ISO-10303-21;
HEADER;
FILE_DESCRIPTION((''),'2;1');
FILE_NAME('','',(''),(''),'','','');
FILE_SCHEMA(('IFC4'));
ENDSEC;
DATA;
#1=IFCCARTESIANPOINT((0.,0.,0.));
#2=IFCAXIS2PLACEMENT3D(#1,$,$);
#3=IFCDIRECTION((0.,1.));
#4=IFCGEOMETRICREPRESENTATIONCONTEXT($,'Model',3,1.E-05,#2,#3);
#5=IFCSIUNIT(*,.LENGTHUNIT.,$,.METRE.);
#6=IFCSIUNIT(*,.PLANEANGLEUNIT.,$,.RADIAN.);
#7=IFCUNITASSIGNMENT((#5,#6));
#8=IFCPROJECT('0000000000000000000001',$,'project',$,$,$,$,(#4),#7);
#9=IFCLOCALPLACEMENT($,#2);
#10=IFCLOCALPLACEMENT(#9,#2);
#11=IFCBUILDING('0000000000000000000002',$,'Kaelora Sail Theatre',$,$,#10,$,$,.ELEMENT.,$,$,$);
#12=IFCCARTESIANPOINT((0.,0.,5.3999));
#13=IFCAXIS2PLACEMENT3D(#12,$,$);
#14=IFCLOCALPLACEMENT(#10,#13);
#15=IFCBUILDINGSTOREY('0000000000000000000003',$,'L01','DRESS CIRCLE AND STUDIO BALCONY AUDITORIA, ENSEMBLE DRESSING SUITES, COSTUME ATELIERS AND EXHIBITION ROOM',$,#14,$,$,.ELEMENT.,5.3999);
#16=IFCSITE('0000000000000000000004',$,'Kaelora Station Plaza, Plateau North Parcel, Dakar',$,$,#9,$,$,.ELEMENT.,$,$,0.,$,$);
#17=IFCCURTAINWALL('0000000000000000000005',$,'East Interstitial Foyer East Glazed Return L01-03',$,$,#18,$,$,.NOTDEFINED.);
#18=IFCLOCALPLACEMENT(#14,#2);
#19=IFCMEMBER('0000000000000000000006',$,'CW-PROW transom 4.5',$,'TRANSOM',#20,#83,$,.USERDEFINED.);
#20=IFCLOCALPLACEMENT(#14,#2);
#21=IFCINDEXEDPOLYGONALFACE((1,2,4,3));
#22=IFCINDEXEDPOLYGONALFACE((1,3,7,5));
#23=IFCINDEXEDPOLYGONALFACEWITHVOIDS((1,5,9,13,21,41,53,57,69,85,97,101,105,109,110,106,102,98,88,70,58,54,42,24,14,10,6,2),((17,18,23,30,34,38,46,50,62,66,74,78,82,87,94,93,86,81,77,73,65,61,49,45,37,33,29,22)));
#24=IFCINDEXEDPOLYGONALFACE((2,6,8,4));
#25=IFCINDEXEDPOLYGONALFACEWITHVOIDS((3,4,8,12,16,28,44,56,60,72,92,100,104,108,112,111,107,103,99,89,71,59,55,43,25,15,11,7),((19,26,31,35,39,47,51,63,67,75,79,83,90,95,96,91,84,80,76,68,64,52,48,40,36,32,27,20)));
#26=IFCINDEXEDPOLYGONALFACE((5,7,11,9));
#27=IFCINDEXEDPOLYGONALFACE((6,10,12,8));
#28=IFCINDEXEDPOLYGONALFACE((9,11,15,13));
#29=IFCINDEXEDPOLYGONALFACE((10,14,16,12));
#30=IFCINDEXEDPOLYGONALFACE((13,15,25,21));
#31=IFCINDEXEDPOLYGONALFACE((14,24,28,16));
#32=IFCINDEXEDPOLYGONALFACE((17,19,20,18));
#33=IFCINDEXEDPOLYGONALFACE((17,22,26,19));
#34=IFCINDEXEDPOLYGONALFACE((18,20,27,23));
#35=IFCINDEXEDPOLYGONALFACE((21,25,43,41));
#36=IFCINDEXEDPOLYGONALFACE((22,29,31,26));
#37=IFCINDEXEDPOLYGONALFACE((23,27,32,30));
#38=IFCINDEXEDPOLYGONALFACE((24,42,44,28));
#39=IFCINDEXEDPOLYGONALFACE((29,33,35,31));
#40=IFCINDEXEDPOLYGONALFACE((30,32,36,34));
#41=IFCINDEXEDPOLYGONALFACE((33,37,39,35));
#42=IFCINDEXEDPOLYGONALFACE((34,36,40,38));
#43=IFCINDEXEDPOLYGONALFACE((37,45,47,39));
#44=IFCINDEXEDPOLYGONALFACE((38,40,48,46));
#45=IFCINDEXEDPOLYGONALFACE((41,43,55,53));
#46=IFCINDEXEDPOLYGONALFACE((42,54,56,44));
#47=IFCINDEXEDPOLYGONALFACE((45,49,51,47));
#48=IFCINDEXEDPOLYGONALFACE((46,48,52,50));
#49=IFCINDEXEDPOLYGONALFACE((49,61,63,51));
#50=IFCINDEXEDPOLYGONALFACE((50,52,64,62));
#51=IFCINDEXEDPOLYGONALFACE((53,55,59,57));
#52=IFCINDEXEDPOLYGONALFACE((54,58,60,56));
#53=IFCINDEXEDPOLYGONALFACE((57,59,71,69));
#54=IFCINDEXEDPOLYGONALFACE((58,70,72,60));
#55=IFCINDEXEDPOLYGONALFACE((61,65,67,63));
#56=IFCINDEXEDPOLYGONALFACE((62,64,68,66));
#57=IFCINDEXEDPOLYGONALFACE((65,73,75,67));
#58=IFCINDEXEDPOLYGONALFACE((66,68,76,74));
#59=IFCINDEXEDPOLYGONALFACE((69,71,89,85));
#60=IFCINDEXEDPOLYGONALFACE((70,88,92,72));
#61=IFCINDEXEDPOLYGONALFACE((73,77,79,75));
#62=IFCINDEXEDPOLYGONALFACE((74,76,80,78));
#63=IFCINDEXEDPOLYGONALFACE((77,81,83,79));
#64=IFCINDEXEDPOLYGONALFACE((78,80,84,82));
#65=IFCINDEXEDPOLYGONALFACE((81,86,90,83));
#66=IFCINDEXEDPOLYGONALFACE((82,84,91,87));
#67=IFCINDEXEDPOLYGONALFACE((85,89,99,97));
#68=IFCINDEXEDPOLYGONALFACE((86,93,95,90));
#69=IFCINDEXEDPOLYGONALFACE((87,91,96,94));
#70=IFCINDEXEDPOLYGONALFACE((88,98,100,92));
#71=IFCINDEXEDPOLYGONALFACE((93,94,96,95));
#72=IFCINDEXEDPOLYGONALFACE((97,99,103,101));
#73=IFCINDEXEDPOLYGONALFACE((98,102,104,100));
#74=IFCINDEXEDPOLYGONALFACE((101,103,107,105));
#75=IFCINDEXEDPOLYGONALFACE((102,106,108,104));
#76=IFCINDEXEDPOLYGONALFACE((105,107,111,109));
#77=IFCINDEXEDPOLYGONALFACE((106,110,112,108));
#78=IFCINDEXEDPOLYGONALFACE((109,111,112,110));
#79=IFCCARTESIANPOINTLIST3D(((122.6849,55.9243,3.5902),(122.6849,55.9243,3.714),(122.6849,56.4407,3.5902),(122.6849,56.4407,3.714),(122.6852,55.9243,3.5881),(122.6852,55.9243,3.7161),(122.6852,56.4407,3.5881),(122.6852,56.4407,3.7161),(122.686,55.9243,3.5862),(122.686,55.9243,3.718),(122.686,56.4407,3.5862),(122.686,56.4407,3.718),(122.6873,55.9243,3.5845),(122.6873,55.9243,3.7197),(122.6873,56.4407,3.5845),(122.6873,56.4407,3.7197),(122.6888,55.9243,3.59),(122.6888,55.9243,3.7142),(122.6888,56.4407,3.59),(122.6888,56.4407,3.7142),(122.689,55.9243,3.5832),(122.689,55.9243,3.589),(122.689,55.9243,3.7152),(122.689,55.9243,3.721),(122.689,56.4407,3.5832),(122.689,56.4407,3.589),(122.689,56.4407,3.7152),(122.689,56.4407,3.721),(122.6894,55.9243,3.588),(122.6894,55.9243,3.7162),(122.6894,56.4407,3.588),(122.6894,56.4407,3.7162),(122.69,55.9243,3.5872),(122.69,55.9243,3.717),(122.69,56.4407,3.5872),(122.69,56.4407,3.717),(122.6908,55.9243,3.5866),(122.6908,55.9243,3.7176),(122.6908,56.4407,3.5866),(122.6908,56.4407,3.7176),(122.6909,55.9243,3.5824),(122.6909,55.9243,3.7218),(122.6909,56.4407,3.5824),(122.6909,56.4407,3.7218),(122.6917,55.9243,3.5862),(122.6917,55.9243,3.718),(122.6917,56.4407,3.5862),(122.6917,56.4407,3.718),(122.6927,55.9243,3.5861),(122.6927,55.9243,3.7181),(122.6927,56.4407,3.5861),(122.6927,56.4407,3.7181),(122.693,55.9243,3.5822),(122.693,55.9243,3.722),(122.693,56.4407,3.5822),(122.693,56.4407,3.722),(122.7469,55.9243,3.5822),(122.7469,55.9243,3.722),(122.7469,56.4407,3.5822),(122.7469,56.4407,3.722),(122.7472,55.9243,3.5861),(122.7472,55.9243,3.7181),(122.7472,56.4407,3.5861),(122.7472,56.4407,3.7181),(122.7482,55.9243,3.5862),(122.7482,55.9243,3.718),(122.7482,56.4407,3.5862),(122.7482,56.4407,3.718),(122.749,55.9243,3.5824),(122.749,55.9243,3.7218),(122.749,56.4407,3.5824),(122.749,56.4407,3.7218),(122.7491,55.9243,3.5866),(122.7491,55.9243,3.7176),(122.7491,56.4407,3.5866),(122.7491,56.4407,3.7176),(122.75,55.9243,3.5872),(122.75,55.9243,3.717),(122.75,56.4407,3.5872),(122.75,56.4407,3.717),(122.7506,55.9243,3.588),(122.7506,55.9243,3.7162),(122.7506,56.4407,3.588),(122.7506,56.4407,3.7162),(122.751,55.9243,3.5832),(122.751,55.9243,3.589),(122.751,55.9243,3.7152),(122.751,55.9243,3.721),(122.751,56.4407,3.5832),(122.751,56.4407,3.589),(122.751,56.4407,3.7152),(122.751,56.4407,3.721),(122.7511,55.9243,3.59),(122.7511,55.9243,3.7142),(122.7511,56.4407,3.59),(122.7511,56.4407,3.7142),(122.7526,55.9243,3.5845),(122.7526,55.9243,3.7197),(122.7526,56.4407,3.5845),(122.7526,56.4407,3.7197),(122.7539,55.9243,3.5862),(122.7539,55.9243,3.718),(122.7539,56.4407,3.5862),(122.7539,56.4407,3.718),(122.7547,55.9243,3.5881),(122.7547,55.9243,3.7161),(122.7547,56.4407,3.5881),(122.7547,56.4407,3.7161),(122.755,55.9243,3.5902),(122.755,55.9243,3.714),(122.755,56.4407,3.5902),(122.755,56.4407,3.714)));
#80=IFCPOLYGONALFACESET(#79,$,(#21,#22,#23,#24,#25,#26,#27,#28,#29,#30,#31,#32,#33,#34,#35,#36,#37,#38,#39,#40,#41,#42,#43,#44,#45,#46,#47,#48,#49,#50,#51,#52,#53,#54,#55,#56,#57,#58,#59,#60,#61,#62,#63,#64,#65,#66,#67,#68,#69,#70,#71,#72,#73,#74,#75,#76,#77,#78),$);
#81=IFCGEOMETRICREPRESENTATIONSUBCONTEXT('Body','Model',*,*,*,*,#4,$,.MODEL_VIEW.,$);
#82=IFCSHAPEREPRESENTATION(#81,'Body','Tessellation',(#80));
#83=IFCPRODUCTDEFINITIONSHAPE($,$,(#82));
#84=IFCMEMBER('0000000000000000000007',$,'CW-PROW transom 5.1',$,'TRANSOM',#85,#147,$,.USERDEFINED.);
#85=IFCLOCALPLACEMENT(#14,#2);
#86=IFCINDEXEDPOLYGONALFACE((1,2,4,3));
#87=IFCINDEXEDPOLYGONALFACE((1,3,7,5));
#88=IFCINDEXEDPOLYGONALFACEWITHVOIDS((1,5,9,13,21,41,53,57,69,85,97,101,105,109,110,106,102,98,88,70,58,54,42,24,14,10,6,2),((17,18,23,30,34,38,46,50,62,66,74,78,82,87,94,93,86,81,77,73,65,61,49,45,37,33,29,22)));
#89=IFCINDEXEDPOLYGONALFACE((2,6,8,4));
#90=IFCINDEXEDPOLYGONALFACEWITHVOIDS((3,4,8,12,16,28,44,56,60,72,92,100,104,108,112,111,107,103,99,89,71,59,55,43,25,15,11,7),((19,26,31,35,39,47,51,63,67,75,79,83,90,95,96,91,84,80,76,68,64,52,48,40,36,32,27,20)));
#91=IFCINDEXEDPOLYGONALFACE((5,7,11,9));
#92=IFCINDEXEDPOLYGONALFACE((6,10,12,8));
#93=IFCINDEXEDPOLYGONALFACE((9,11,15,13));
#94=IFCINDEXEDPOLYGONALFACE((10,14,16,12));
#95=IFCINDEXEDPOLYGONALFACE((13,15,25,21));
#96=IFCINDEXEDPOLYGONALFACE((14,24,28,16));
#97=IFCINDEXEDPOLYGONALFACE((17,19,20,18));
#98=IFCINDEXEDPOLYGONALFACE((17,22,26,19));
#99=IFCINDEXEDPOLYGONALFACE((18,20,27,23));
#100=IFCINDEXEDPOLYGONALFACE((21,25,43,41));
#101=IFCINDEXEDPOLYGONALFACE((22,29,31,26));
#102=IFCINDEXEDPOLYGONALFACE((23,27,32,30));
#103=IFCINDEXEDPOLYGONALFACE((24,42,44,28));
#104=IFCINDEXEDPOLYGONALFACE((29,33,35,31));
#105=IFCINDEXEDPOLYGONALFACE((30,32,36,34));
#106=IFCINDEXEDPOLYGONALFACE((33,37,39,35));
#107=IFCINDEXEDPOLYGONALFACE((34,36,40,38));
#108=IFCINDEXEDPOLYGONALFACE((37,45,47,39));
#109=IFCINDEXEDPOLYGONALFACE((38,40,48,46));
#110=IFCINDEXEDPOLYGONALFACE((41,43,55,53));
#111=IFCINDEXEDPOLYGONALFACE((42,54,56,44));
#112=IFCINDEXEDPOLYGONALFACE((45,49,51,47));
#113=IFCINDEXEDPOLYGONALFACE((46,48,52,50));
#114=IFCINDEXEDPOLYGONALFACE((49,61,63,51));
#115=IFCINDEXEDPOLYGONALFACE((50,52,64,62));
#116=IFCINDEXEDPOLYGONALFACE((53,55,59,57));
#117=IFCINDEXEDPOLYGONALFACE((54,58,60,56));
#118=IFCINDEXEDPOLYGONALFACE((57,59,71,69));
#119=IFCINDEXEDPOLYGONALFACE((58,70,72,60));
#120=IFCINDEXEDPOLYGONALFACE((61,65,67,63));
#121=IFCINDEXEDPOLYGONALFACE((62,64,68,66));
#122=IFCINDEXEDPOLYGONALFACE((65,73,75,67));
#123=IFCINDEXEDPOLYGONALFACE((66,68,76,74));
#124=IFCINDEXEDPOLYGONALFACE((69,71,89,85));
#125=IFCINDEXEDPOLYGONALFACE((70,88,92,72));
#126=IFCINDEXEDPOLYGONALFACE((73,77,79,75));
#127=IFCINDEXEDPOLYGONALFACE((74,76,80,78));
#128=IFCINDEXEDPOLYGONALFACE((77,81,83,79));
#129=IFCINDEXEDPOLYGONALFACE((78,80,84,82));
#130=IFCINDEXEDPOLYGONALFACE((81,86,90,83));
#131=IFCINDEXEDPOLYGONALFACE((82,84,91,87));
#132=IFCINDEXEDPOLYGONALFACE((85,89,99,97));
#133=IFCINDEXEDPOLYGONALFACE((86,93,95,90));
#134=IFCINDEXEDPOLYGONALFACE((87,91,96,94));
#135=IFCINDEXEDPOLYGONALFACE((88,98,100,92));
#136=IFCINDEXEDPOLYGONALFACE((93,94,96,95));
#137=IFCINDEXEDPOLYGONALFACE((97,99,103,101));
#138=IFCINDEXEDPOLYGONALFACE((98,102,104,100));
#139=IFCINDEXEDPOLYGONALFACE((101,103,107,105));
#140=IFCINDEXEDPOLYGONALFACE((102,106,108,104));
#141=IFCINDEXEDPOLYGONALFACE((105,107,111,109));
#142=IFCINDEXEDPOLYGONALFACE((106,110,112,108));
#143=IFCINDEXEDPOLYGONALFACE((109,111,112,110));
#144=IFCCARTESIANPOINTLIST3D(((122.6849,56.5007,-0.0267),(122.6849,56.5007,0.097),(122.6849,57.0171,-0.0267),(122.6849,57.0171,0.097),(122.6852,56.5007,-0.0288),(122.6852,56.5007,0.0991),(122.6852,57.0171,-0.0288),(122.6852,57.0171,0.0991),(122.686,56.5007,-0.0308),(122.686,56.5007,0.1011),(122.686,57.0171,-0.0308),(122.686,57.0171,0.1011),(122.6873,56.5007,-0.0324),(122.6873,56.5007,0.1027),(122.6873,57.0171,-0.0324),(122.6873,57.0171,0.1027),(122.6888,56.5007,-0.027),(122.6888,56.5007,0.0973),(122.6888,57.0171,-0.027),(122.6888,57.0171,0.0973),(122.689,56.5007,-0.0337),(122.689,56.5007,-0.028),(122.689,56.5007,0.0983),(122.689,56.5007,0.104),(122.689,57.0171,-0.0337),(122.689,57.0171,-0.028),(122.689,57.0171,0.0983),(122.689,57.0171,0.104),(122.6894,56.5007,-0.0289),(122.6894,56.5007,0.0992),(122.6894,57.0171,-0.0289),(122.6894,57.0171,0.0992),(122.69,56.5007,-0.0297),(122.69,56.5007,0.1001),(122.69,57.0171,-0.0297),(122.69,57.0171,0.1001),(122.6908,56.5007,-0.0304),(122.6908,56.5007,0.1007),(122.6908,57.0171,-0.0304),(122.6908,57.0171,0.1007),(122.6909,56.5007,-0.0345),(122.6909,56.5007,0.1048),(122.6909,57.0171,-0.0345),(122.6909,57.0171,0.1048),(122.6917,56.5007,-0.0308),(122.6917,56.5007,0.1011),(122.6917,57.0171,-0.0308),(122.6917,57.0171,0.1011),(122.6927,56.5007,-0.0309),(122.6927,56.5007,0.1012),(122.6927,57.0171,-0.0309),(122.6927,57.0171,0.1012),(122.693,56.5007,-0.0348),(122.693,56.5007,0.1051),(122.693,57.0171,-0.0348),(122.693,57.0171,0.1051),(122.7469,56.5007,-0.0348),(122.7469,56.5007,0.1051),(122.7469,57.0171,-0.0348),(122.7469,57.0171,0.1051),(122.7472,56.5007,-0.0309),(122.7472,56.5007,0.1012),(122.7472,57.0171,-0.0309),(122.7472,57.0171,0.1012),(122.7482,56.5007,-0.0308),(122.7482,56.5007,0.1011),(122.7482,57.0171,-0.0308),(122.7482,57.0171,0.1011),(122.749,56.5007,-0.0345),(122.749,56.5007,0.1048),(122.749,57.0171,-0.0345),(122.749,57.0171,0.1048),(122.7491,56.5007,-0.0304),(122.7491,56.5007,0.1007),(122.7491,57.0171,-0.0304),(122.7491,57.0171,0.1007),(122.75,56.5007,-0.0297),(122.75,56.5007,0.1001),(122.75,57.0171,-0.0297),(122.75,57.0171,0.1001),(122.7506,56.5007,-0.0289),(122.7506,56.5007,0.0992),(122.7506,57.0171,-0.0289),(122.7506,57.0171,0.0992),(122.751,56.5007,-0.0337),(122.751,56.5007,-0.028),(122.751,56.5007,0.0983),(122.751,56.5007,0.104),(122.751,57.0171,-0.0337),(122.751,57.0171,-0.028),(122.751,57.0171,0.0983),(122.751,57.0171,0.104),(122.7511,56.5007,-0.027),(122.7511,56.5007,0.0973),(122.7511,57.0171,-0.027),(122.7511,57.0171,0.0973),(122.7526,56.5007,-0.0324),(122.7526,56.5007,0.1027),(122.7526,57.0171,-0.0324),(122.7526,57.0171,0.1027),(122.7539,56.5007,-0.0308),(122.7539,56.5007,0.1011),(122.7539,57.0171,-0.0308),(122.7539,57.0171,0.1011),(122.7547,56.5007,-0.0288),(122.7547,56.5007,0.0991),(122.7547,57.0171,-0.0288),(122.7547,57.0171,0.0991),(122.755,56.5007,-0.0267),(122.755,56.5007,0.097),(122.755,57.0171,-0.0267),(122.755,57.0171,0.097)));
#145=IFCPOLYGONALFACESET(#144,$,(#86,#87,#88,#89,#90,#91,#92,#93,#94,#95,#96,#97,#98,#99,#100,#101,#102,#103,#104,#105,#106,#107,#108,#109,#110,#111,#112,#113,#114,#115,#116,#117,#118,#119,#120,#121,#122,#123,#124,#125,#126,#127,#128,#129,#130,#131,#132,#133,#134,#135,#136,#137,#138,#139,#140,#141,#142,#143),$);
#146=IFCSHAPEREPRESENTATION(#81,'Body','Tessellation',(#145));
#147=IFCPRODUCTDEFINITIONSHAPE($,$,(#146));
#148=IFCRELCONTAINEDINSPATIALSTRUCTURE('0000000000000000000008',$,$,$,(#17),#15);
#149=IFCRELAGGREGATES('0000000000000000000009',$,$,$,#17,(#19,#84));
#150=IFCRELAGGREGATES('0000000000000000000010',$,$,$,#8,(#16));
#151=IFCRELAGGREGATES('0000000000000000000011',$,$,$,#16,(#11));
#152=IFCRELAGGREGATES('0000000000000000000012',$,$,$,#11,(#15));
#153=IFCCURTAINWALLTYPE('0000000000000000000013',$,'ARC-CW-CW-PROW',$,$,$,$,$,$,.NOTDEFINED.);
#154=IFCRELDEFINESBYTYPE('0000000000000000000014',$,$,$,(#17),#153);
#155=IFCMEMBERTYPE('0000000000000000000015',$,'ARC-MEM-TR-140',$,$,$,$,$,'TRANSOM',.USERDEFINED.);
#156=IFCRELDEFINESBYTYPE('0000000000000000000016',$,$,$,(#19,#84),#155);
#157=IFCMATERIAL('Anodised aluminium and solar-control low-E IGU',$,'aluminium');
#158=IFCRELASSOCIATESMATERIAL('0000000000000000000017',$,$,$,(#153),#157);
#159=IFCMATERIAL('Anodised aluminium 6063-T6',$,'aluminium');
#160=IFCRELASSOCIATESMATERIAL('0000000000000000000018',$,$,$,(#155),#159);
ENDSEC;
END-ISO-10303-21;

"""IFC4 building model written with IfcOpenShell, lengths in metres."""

from ifc_helpers import new_model, si_unit, direction, frame, origin, origin_2d, place, context, subcontext, project, spatial, hollow_rectangle, extrude, material, material_profile, profile_set, type_object, element, aggregate, save


model = new_model("IFC4")

# Units and contexts
model_context = context("Model", 3, precision=1e-05, world=origin(), true_north=direction((0.0, 1.0)))
body_context = subcontext(model_context, "Body", "Model", "MODEL_VIEW")
ifc_project = project(units=[si_unit("LENGTHUNIT", "METRE"), si_unit("PLANEANGLEUNIT", "RADIAN")], contexts=[model_context])

# Site, building, storey
site_placement = place(None, origin())
site = spatial("IfcSite", under=ifc_project, at=site_placement, Name="Kaelora Station Plaza, Plateau North Parcel, Dakar", CompositionType="ELEMENT", RefElevation=0.0)
building_placement = place(site_placement, origin())
building = spatial("IfcBuilding", under=site, at=building_placement, Name="Kaelora Sail Theatre", CompositionType="ELEMENT")
storey_placement = place(building_placement, frame((0.0, 0.0, 5.3999)))
storey = spatial("IfcBuildingStorey", under=building, at=storey_placement, Name="L01", Description="DRESS CIRCLE AND STUDIO BALCONY AUDITORIA, ENSEMBLE DRESSING SUITES, COSTUME ATELIERS AND EXHIBITION ROOM", CompositionType="ELEMENT", Elevation=5.3999)

# Curtain wall, members
ifc_material_1 = material(Name="Anodised aluminium and solar-control low-E IGU", Category="aluminium")
curtain_wall_type = type_object("IfcCurtainWallType", Name="ARC-CW-CW-PROW", PredefinedType="NOTDEFINED", material=ifc_material_1)
curtain_wall_placement = place(storey_placement, origin())
curtain_wall = element("IfcCurtainWall", 1, at=curtain_wall_placement, inside=storey, type_object=curtain_wall_type, Name="East Interstitial Foyer East Glazed Return L01-03", PredefinedType="NOTDEFINED")
ifc_material_2 = material(Name="Anodised aluminium 6063-T6", Category="aluminium")
ifc_material_profile_1 = material_profile(ifc_material_2, hollow_rectangle(XDim=0.0701, YDim=0.1399, WallThickness=0.0039, InnerFilletRadius=0.0039, OuterFilletRadius=0.0081, at=origin_2d()), Name="ALU-TRAN 70x140x4")
ifc_profile_set_1 = profile_set([ifc_material_profile_1], Name="Anodised aluminium 6063-T6")
member_type_1 = type_object("IfcMemberType", Name="ARC-MEM-TR-140", ElementType="TRANSOM", PredefinedType="USERDEFINED", material=ifc_profile_set_1)
member_1_placement = place(storey_placement, frame((122.72, 55.9243, 3.6521), z_axis=(0.0, 1.0, 0.0), x_axis=(-1.0, 0.0, 0.0)))
member_1 = element("IfcMember", 2, at=member_1_placement, type_object=member_type_1, Name="CW-PROW transom 4.5", ObjectType="TRANSOM", PredefinedType="USERDEFINED", context=body_context, shape_type="SweptSolid", body=[
    extrude(hollow_rectangle(XDim=0.0701, YDim=0.1399, WallThickness=0.0039, InnerFilletRadius=0.0039, OuterFilletRadius=0.0081, at=origin_2d()), origin(), (0.0, 0.0, 1.0), 0.5164),
])
member_2_placement = place(storey_placement, frame((122.72, 56.5007, 0.0352), z_axis=(0.0, 1.0, 0.0), x_axis=(-1.0, 0.0, 0.0)))
member_2 = element("IfcMember", 3, at=member_2_placement, type_object=member_type_1, Name="CW-PROW transom 5.1", ObjectType="TRANSOM", PredefinedType="USERDEFINED", context=body_context, shape_type="SweptSolid", body=[
    extrude(hollow_rectangle(XDim=0.0701, YDim=0.1399, WallThickness=0.0039, InnerFilletRadius=0.0039, OuterFilletRadius=0.0081, at=origin_2d()), origin(), (0.0, 0.0, 1.0), 0.5164),
])
aggregate(curtain_wall, [member_1, member_2])

save(model, "model.ifc")
